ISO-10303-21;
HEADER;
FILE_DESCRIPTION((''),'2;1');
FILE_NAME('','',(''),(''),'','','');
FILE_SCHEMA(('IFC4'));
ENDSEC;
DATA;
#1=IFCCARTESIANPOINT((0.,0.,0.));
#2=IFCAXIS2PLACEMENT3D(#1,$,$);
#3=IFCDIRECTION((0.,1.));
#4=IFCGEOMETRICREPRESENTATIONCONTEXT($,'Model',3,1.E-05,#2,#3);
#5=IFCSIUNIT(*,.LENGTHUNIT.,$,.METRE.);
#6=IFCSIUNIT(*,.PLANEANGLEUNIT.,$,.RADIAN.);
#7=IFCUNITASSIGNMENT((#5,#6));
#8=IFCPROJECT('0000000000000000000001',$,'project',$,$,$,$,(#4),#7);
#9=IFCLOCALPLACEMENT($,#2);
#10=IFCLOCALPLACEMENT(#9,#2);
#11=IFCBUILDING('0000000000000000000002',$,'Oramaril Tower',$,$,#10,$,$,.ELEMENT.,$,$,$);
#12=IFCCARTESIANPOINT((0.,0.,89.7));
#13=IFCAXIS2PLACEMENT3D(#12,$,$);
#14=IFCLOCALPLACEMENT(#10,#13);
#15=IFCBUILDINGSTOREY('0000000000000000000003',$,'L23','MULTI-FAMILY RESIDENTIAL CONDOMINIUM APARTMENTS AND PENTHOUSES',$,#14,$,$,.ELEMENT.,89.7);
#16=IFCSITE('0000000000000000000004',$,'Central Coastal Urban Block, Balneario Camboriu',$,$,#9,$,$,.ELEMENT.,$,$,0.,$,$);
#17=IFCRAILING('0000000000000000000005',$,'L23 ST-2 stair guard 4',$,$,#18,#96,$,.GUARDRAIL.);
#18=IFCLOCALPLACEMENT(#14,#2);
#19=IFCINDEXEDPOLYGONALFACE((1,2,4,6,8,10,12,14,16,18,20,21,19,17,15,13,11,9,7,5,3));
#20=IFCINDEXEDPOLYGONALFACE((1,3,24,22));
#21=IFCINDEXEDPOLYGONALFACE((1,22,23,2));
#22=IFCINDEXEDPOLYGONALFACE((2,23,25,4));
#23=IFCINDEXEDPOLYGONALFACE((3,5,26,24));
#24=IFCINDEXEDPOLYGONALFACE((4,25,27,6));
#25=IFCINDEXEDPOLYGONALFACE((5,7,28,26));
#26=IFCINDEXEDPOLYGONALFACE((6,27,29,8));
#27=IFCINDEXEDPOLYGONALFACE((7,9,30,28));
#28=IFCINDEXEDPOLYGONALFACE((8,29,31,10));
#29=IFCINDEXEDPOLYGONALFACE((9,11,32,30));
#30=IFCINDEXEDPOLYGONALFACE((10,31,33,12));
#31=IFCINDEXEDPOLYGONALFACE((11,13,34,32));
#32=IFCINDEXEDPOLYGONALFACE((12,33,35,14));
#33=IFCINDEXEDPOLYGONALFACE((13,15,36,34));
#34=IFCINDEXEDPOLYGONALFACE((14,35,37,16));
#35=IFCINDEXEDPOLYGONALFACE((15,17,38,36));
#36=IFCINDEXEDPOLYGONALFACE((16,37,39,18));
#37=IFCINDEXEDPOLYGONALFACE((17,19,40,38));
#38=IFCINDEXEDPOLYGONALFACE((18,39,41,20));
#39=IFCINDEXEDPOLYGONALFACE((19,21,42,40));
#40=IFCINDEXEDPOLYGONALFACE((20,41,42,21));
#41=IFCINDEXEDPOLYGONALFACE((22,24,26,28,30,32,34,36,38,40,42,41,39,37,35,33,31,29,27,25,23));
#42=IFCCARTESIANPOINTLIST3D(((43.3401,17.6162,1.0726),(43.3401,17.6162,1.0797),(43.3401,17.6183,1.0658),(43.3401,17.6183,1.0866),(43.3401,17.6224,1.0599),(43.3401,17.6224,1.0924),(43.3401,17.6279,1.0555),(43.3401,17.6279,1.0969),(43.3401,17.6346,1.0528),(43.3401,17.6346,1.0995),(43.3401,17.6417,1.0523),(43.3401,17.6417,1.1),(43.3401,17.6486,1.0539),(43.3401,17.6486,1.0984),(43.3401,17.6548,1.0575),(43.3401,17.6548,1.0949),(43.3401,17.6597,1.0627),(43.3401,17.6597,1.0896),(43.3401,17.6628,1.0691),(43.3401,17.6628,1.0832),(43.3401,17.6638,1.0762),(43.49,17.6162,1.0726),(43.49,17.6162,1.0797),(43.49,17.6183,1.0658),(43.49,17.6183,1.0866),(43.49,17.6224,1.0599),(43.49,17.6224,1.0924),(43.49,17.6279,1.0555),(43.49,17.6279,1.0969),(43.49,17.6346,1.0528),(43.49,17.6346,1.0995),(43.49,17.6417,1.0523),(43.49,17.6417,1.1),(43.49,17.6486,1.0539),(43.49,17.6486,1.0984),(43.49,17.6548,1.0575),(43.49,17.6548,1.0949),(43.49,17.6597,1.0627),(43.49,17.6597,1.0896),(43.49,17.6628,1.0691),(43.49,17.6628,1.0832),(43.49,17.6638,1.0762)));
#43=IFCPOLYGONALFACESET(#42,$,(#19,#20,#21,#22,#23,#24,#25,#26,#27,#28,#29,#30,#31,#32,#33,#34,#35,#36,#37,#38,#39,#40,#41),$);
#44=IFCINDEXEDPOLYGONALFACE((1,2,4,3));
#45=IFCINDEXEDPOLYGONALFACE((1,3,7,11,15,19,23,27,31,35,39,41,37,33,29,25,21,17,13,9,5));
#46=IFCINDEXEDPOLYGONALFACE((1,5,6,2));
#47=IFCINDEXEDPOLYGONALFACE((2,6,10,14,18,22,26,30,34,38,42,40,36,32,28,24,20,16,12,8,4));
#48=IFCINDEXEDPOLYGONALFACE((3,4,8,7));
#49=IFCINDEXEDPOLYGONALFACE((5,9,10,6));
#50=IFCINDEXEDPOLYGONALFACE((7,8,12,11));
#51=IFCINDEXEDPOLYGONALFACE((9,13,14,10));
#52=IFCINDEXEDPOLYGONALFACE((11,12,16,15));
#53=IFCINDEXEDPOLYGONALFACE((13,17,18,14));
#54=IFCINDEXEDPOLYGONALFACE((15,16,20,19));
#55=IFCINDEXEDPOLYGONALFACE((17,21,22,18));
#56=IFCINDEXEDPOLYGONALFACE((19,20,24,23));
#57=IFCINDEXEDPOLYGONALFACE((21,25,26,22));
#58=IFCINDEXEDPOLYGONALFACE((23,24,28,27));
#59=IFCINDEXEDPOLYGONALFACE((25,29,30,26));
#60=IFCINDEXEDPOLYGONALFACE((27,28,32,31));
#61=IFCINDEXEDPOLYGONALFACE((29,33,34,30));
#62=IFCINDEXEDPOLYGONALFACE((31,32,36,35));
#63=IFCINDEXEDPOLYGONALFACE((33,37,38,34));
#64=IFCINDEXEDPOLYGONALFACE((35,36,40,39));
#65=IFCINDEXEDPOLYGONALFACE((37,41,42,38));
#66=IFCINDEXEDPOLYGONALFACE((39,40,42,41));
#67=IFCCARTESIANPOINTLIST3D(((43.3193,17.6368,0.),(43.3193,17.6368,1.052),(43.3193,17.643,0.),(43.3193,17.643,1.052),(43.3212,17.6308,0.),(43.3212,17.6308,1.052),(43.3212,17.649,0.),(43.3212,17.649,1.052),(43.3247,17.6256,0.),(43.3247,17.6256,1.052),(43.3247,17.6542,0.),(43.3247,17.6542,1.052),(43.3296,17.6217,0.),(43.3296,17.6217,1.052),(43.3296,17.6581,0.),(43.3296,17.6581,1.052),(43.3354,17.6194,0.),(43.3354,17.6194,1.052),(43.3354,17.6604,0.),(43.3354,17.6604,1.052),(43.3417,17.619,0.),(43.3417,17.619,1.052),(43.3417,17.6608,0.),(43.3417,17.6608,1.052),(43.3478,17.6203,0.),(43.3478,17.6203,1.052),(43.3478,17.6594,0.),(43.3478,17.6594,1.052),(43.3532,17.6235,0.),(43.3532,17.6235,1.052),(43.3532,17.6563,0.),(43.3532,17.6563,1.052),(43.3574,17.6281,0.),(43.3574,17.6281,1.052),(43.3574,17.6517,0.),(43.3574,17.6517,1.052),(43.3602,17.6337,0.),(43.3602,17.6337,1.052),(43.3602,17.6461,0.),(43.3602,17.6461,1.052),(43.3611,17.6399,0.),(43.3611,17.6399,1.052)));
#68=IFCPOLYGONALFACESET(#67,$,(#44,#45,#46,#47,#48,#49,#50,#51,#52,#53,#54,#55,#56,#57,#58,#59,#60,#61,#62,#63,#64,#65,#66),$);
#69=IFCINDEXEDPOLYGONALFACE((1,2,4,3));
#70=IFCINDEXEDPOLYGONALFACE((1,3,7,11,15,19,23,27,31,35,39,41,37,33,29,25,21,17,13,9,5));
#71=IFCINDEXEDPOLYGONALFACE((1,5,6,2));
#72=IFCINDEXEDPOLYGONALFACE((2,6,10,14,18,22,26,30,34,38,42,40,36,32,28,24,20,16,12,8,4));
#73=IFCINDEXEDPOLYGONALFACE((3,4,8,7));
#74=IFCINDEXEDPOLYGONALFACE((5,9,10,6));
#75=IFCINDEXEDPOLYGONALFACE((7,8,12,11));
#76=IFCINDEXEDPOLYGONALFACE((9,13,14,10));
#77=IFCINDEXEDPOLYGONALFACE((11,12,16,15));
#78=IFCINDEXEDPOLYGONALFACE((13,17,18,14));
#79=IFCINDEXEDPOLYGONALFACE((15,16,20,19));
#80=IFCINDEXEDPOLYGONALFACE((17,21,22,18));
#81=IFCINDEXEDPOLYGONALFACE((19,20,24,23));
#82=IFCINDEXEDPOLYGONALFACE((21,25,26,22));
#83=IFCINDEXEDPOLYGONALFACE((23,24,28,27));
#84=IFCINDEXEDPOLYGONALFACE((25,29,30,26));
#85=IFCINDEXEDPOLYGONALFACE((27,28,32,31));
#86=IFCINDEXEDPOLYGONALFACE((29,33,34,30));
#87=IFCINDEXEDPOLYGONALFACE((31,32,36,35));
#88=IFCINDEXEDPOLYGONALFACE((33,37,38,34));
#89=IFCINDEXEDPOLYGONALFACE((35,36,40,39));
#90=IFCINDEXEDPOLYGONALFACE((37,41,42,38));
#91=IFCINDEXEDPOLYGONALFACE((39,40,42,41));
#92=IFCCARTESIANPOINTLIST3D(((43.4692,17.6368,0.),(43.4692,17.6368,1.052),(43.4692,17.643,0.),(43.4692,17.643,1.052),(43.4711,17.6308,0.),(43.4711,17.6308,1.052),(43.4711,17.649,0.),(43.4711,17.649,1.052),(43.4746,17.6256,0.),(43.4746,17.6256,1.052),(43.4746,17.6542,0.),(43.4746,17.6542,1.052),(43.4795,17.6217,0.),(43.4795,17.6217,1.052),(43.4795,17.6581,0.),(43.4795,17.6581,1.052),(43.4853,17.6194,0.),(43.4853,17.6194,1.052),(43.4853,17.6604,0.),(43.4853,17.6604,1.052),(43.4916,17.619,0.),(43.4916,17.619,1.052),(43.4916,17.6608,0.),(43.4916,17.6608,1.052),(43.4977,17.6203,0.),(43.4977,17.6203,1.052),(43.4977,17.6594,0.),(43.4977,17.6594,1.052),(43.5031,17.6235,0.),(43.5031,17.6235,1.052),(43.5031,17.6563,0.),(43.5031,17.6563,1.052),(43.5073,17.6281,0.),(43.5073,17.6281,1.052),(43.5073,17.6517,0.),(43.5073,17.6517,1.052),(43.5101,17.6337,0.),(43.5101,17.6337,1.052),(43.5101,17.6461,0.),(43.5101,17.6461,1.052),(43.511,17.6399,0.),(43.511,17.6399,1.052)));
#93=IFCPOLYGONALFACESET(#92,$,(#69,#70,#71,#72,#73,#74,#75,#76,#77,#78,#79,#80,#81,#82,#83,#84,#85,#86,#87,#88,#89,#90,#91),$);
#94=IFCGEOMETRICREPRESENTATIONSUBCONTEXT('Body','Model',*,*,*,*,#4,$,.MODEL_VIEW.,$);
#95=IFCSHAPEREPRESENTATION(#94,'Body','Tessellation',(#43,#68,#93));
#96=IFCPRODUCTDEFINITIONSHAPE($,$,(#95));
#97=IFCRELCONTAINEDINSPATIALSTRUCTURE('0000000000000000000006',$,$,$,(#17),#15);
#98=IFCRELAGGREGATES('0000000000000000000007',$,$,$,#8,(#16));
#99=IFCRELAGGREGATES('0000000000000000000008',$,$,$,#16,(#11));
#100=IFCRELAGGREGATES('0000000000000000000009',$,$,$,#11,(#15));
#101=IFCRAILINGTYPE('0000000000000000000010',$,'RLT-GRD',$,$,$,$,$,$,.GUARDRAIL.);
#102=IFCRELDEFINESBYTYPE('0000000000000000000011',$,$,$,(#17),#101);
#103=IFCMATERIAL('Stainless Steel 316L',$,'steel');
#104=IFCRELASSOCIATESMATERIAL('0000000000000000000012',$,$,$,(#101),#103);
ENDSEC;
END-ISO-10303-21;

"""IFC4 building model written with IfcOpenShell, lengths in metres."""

from ifc_helpers import new_model, si_unit, direction, frame, origin, origin_2d, place, context, subcontext, project, spatial, circle, extrude, material, type_object, element, save


model = new_model("IFC4")

# Units and contexts
model_context = context("Model", 3, precision=1e-05, world=origin(), true_north=direction((0.0, 1.0)))
body_context = subcontext(model_context, "Body", "Model", "MODEL_VIEW")
ifc_project = project(units=[si_unit("LENGTHUNIT", "METRE"), si_unit("PLANEANGLEUNIT", "RADIAN")], contexts=[model_context])

# Site, building, storey
site_placement = place(None, origin())
site = spatial("IfcSite", under=ifc_project, at=site_placement, Name="Central Coastal Urban Block, Balneario Camboriu", CompositionType="ELEMENT", RefElevation=0.0)
building_placement = place(site_placement, origin())
building = spatial("IfcBuilding", under=site, at=building_placement, Name="Oramaril Tower", CompositionType="ELEMENT")
storey_placement = place(building_placement, frame((0.0, 0.0, 89.7)))
storey = spatial("IfcBuildingStorey", under=building, at=storey_placement, Name="L23", Description="MULTI-FAMILY RESIDENTIAL CONDOMINIUM APARTMENTS AND PENTHOUSES", CompositionType="ELEMENT", Elevation=89.7)

# Railing
ifc_material_1 = material(Name="Stainless Steel 316L", Category="steel")
railing_type_1 = type_object("IfcRailingType", Name="RLT-GRD", PredefinedType="GUARDRAIL", material=ifc_material_1)
railing_1_placement = place(storey_placement, frame((43.3401, 17.6399, 0.0)))
element("IfcRailing", 1, at=railing_1_placement, inside=storey, type_object=railing_type_1, Name="L23 ST-2 stair guard 4", PredefinedType="GUARDRAIL", context=body_context, shape_type="SweptSolid", body=[
    extrude(circle(Radius=0.0239, at=origin_2d()), frame((0.0, 0.0, 1.0762), z_axis=(1.0, 0.0, 0.0), x_axis=(0.0, 1.0, 0.0)), (0.0, 0.0, 1.0), 0.1499),
    extrude(circle(Radius=0.021, at=origin_2d()), origin(), (0.0, 0.0, 1.0), 1.052),
    extrude(circle(Radius=0.021, at=origin_2d()), frame((0.1499, 0.0, 0.0)), (0.0, 0.0, 1.0), 1.052),
])

save(model, "model.ifc")
